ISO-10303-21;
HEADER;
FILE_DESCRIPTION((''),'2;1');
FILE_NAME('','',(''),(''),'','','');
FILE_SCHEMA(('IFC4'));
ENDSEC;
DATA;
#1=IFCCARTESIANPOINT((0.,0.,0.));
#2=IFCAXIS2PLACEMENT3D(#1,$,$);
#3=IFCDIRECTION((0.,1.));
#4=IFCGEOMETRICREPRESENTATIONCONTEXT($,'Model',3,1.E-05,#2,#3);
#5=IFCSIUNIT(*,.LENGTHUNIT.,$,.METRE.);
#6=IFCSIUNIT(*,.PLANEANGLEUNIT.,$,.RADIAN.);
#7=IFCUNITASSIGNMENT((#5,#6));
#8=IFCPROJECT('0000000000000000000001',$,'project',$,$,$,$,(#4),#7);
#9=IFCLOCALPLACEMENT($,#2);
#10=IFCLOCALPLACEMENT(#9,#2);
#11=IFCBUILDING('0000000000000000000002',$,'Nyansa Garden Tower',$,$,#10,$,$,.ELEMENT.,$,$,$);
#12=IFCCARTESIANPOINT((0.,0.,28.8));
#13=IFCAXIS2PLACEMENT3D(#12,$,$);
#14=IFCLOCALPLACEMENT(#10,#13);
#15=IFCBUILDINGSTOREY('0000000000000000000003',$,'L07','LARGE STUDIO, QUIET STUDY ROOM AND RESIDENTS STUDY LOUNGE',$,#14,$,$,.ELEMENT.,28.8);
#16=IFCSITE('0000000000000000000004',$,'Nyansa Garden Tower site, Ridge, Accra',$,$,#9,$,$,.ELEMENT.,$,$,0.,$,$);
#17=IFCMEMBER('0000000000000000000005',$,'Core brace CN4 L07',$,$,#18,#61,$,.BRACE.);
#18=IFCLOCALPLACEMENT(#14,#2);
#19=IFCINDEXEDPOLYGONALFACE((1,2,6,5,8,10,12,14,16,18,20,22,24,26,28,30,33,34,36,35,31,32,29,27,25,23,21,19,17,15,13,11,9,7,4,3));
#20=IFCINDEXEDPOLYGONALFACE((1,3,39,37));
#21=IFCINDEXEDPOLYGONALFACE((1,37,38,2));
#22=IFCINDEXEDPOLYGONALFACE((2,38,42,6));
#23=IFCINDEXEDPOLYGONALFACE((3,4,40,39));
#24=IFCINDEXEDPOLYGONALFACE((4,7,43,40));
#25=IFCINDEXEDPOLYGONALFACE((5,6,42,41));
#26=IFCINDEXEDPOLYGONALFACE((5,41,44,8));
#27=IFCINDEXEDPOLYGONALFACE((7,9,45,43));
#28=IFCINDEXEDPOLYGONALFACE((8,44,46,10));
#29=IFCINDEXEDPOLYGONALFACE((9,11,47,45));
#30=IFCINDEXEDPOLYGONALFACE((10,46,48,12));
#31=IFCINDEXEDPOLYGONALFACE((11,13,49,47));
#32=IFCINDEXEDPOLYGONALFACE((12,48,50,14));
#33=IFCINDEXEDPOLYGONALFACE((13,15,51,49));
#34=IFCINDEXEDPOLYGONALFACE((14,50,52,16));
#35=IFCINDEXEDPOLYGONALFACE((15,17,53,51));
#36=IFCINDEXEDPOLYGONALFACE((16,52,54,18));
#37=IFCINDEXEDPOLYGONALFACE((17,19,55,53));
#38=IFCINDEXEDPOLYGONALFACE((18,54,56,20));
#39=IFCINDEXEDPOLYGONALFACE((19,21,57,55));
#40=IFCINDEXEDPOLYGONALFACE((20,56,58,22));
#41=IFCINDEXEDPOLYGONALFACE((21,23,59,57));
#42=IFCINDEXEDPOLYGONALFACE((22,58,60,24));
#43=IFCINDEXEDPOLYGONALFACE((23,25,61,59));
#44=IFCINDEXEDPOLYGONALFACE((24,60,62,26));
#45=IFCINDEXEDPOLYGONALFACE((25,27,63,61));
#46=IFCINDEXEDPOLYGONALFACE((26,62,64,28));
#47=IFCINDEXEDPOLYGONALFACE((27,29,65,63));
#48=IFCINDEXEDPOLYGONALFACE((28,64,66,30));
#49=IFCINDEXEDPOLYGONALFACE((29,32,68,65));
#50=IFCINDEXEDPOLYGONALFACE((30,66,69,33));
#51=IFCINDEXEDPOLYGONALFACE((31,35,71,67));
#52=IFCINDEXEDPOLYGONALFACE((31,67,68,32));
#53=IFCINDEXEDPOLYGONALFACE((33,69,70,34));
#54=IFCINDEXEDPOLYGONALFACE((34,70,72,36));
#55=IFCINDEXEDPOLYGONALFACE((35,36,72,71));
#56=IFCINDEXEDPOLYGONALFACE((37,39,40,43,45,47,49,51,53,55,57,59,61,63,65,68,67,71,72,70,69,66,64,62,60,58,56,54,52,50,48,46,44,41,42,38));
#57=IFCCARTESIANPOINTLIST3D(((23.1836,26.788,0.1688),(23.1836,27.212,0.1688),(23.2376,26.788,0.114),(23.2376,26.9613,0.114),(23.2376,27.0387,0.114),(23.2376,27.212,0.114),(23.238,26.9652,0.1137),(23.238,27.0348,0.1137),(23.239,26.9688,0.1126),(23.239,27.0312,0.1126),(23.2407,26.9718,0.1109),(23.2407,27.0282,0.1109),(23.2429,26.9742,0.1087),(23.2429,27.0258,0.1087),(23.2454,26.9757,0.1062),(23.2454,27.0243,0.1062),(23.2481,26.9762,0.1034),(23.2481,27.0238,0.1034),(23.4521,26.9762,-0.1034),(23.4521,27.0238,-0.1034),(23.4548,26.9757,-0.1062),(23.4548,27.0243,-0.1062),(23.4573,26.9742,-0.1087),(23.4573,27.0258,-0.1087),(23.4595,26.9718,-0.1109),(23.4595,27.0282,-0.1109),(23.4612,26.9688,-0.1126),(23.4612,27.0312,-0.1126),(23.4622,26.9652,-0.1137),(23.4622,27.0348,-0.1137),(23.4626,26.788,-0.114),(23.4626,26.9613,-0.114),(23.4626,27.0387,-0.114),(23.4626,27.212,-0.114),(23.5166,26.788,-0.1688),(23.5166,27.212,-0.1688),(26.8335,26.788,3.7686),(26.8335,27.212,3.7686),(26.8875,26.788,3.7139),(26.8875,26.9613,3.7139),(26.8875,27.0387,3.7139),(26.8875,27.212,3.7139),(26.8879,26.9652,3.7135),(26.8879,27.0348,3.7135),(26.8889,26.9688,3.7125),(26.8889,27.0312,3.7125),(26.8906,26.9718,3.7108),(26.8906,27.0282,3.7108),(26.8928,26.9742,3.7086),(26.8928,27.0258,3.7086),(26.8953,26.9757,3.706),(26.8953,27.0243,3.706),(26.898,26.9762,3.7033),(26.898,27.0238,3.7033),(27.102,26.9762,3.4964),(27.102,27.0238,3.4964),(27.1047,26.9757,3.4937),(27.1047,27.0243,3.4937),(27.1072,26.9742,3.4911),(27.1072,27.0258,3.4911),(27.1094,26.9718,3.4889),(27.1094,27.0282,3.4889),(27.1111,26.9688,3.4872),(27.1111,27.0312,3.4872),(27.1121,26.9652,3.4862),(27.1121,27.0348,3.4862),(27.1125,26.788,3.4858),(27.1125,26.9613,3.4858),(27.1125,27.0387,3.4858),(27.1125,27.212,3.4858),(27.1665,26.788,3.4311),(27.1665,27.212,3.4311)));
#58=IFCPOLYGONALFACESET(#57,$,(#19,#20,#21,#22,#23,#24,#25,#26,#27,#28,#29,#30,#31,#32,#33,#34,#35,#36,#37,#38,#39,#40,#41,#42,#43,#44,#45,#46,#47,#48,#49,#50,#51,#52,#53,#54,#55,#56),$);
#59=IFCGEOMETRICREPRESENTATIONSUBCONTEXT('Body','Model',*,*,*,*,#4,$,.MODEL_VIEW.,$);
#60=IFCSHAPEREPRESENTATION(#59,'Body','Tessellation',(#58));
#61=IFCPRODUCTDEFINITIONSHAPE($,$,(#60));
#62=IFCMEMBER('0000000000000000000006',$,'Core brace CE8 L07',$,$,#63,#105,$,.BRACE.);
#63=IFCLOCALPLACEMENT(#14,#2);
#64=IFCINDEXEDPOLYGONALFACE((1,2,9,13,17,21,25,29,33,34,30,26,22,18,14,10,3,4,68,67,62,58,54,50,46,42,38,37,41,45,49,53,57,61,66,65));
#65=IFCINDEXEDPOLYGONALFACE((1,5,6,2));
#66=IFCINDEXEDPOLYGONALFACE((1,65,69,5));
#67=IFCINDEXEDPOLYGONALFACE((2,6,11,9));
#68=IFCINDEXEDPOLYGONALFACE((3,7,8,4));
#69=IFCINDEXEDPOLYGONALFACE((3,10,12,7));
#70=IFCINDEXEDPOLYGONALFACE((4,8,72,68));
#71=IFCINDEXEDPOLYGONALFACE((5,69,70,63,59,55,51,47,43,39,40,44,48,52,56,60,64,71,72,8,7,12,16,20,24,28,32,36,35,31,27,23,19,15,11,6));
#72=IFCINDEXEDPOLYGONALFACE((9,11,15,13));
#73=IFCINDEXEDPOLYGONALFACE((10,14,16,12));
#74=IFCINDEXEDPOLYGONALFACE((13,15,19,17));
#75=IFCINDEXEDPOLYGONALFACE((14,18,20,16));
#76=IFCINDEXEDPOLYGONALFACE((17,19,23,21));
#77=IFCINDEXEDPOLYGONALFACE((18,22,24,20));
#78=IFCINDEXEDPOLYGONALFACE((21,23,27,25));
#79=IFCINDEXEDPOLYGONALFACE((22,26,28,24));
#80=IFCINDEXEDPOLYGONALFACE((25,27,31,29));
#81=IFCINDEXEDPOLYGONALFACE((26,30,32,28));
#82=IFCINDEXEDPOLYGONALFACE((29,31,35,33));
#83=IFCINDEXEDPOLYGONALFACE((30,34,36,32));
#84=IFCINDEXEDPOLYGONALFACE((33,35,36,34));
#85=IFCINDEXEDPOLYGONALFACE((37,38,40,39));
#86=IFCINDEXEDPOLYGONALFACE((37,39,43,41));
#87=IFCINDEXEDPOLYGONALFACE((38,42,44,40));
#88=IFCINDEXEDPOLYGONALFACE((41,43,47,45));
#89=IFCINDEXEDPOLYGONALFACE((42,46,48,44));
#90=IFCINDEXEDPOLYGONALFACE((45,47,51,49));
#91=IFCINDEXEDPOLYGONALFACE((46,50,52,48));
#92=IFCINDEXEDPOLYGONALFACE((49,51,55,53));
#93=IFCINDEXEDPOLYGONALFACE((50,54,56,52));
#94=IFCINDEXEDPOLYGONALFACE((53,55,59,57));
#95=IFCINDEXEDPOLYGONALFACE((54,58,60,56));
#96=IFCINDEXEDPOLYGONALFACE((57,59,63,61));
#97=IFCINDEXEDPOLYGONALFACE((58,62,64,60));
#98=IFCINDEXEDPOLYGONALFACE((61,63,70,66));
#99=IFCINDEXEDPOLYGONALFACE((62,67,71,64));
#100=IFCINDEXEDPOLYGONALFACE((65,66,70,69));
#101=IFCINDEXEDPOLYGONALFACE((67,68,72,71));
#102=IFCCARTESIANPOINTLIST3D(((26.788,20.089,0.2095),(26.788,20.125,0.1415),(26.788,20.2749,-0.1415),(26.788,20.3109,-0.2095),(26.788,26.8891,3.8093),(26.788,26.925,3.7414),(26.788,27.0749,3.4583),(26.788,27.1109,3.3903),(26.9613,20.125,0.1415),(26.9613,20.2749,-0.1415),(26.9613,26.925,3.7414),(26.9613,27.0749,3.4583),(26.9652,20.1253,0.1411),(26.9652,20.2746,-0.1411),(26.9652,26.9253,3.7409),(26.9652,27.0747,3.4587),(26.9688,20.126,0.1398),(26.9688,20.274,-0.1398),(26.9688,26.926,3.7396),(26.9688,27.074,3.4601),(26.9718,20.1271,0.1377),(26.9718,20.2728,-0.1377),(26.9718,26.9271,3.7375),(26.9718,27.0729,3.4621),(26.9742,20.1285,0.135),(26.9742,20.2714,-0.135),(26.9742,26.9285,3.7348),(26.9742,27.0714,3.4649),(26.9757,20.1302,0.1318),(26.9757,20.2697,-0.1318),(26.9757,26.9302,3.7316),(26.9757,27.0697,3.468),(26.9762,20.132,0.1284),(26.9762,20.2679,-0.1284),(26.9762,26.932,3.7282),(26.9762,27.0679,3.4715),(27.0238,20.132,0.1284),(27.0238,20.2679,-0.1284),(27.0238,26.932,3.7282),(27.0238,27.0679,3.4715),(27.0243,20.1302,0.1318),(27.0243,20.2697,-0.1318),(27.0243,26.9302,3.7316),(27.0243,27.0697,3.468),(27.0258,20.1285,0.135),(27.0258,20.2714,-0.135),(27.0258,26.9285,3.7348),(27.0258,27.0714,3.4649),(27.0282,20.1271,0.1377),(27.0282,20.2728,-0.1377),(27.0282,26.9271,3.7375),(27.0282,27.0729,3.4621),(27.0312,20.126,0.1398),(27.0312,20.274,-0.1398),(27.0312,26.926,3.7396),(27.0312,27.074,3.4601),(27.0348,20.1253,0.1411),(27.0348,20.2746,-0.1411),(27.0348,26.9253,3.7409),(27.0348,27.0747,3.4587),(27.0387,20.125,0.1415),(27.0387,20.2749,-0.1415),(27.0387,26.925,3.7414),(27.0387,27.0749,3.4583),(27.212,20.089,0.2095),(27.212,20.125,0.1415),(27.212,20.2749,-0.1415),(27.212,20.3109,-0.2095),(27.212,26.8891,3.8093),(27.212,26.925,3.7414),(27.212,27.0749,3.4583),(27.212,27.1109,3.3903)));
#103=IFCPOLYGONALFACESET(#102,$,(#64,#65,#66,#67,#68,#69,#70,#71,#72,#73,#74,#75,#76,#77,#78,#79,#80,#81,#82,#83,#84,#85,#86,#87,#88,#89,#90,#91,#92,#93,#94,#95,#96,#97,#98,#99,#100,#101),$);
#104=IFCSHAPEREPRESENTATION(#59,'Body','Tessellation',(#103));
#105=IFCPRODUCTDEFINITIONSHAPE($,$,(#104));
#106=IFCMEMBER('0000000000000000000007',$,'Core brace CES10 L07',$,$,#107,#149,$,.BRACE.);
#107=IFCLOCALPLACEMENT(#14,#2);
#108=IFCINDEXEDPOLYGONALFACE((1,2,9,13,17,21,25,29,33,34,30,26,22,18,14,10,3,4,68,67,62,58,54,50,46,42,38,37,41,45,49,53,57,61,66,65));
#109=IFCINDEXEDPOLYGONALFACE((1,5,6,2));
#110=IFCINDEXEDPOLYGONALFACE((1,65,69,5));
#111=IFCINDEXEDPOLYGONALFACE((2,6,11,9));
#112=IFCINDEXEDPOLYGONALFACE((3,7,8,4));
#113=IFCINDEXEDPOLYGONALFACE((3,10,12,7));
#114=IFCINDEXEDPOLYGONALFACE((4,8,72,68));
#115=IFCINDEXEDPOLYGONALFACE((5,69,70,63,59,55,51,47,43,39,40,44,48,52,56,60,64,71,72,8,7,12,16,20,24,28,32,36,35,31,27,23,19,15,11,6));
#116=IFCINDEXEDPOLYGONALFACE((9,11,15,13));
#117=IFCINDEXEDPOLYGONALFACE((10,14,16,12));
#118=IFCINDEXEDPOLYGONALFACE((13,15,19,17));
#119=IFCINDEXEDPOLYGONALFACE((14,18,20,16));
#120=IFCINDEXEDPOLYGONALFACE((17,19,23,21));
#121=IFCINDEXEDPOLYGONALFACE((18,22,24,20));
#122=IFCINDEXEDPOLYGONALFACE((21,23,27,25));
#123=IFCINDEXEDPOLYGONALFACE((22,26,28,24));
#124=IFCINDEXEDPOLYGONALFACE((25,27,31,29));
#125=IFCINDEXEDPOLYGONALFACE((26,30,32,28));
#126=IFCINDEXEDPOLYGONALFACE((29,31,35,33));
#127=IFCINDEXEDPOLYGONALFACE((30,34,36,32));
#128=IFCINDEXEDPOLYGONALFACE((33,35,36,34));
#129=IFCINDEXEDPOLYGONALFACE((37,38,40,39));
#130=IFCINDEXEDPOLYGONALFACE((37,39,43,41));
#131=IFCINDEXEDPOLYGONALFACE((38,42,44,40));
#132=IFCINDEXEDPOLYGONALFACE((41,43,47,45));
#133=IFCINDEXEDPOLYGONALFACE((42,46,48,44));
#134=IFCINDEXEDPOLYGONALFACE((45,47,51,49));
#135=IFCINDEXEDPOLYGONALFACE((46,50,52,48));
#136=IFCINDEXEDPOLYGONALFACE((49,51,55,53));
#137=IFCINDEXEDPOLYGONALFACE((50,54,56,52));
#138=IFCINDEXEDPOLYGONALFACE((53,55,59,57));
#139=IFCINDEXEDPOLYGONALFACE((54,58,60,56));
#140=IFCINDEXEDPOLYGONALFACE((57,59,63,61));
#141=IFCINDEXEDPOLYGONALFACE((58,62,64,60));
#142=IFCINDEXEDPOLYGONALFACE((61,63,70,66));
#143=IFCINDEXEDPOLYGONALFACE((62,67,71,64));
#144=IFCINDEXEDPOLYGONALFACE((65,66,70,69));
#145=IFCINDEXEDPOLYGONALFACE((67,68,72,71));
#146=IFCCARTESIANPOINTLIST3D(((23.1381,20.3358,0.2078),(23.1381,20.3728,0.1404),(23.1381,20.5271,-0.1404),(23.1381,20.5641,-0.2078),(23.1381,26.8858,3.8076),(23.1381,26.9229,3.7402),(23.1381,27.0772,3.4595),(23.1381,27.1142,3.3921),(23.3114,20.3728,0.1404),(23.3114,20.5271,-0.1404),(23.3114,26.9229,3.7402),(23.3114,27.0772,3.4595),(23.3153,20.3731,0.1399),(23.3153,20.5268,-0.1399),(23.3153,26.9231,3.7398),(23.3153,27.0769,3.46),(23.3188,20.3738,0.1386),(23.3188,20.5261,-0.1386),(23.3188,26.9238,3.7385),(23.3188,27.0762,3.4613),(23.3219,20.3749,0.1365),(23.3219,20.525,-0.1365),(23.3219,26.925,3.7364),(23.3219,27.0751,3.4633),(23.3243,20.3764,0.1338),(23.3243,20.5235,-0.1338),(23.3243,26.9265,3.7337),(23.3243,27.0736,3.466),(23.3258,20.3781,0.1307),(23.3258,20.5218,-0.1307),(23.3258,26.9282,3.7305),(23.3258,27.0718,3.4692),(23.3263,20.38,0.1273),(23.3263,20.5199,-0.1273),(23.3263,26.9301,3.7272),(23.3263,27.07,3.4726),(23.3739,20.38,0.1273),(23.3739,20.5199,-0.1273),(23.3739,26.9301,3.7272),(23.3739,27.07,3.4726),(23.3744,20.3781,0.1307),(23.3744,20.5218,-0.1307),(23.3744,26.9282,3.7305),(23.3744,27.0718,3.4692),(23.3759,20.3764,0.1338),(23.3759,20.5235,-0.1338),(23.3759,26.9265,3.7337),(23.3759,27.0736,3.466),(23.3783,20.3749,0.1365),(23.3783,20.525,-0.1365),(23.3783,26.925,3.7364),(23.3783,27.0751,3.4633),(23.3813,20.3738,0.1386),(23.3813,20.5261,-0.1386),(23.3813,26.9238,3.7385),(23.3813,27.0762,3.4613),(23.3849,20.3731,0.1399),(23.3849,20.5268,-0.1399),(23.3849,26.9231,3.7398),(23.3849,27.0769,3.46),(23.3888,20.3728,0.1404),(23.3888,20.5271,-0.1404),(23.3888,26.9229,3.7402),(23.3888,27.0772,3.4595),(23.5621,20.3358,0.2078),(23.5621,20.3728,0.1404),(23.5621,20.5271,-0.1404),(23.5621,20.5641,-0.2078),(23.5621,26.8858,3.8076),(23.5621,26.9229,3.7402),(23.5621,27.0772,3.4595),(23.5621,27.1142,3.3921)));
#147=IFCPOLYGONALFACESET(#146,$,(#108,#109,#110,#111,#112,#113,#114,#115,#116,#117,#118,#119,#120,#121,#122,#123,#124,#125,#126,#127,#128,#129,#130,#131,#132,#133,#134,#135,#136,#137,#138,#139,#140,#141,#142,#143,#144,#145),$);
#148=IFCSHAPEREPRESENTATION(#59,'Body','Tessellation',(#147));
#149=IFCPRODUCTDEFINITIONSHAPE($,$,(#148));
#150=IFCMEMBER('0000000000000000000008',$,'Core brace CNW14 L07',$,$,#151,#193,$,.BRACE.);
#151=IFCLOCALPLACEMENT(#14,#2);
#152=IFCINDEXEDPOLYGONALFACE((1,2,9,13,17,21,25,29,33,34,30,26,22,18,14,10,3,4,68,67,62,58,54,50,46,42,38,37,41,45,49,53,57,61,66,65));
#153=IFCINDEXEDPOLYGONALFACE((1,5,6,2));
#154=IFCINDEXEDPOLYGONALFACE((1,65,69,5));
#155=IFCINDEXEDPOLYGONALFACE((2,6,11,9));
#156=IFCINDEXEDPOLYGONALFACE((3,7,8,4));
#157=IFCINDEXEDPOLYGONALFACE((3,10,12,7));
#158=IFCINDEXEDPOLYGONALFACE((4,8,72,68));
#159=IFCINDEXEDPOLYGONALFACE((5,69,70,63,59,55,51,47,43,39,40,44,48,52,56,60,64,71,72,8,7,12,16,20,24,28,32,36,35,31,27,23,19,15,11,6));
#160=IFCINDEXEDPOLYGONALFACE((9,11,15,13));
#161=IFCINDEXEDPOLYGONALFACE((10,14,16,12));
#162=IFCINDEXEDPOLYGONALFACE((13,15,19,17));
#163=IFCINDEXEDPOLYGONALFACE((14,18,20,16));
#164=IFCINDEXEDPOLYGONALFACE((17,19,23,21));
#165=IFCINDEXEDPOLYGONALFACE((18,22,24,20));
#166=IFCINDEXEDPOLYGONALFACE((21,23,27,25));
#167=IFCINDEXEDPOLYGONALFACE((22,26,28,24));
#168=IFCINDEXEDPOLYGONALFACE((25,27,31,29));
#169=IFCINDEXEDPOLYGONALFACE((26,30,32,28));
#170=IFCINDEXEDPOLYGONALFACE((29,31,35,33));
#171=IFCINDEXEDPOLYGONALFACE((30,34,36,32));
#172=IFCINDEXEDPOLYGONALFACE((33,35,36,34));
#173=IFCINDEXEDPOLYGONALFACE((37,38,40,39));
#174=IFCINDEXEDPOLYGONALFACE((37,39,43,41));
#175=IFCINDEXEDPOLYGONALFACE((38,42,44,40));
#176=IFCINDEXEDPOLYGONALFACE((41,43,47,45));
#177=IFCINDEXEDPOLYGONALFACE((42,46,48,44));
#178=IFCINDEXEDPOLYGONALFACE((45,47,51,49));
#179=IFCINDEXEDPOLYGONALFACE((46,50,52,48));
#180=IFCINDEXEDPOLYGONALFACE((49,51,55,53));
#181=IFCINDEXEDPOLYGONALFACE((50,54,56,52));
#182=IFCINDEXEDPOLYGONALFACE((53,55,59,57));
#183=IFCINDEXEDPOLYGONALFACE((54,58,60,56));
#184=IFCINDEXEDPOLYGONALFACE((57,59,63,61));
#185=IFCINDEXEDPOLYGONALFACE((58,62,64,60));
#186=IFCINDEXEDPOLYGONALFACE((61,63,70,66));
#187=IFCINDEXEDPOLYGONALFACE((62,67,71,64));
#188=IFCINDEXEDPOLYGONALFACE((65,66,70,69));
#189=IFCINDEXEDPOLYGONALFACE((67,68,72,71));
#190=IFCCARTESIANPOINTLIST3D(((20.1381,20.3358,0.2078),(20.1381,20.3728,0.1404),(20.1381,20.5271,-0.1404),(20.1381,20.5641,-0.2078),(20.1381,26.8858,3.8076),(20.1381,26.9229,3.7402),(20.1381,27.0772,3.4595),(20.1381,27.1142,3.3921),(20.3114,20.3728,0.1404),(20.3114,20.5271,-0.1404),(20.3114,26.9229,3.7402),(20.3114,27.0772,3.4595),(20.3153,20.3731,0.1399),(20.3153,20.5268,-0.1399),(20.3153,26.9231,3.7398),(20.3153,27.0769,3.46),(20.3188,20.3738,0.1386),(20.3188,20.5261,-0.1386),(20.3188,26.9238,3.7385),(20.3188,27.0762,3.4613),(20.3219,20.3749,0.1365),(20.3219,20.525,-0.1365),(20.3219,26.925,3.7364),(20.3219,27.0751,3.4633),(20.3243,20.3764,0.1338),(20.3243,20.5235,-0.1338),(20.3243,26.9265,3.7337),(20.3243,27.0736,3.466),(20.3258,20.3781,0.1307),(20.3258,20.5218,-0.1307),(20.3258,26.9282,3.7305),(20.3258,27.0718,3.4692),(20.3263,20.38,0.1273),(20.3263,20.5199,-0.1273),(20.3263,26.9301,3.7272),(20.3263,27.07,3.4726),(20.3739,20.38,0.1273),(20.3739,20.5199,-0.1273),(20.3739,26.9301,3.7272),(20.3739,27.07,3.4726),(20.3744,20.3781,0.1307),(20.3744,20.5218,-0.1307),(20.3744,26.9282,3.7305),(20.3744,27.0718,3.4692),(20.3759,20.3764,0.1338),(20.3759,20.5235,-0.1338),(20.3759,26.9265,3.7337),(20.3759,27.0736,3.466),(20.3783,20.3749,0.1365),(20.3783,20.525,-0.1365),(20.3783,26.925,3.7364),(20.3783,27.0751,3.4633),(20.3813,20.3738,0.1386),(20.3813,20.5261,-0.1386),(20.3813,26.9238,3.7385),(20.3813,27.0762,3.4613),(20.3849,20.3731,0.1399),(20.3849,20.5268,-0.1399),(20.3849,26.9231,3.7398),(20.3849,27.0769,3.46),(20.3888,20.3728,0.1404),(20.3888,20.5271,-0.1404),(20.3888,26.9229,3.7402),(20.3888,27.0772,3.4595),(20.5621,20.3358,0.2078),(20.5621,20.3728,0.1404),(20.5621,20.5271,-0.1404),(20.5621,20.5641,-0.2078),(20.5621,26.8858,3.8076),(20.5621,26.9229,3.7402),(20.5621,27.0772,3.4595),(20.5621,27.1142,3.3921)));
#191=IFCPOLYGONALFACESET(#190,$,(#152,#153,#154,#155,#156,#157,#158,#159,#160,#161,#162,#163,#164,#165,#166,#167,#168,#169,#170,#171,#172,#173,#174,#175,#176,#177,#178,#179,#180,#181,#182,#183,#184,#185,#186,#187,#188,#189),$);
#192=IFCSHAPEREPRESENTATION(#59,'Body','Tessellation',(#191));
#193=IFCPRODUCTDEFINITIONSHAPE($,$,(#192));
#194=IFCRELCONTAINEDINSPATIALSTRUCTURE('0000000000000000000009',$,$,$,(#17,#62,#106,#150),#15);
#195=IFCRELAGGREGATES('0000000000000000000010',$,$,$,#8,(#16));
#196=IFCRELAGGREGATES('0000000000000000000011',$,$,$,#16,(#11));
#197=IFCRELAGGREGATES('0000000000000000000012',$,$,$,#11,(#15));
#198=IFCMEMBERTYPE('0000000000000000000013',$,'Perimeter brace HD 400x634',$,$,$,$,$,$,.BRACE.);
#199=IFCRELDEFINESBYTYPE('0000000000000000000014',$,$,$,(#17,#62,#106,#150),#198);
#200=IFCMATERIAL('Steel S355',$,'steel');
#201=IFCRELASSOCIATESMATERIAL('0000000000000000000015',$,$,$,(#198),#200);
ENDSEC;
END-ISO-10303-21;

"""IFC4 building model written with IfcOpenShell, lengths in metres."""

from ifc_helpers import new_model, si_unit, direction, frame, origin, origin_2d, place, context, subcontext, project, spatial, i_section, extrude, material, material_profile, profile_set, type_object, element, save


model = new_model("IFC4")

# Units and contexts
model_context = context("Model", 3, precision=1e-05, world=origin(), true_north=direction((0.0, 1.0)))
body_context = subcontext(model_context, "Body", "Model", "MODEL_VIEW")
ifc_project = project(units=[si_unit("LENGTHUNIT", "METRE"), si_unit("PLANEANGLEUNIT", "RADIAN")], contexts=[model_context])

# Site, building, storey
site_placement = place(None, origin())
site = spatial("IfcSite", under=ifc_project, at=site_placement, Name="Nyansa Garden Tower site, Ridge, Accra", CompositionType="ELEMENT", RefElevation=0.0)
building_placement = place(site_placement, origin())
building = spatial("IfcBuilding", under=site, at=building_placement, Name="Nyansa Garden Tower", CompositionType="ELEMENT")
storey_placement = place(building_placement, frame((0.0, 0.0, 28.8)))
storey = spatial("IfcBuildingStorey", under=building, at=storey_placement, Name="L07", Description="LARGE STUDIO, QUIET STUDY ROOM AND RESIDENTS STUDY LOUNGE", CompositionType="ELEMENT", Elevation=28.8)

# Members
ifc_material_1 = material(Name="Steel S355", Category="steel")
ifc_material_profile_1 = material_profile(ifc_material_1, i_section(OverallWidth=0.4241, OverallDepth=0.4741, WebThickness=0.0476, FlangeThickness=0.0769, FilletRadius=0.0149, at=origin_2d()), Name="HD 400x634")
ifc_profile_set_1 = profile_set([ifc_material_profile_1], Name="Steel S355")
member_type = type_object("IfcMemberType", Name="Perimeter brace HD 400x634", PredefinedType="BRACE", material=ifc_profile_set_1)
member_1_placement = place(storey_placement, frame((23.3501, 27.0, 0.0), z_axis=(0.711971, 0.0, 0.702209), x_axis=(0.0, 1.0, 0.0)))
element("IfcMember", 1, at=member_1_placement, inside=storey, type_object=member_type, Name="Core brace CN4 L07", PredefinedType="BRACE", context=body_context, shape_type="SweptSolid", body=[
    extrude(i_section(OverallWidth=0.4241, OverallDepth=0.4741, WebThickness=0.0476, FlangeThickness=0.0769, FilletRadius=0.0149, at=origin_2d()), origin(), (0.0, 0.0, 1.0), 5.1265),
])
member_2_placement = place(storey_placement, frame((27.0, 20.2, 0.0), z_axis=(0.0, 0.883797, 0.46787), x_axis=(-1.0, 0.0, 0.0)))
element("IfcMember", 2, at=member_2_placement, inside=storey, type_object=member_type, Name="Core brace CE8 L07", PredefinedType="BRACE", context=body_context, shape_type="SweptSolid", body=[
    extrude(i_section(OverallWidth=0.4241, OverallDepth=0.4741, WebThickness=0.0476, FlangeThickness=0.0769, FilletRadius=0.0149, at=origin_2d()), origin(), (0.0, 0.0, 1.0), 7.6941),
])
for number, where, z_axis, x_axis, name in (
    (3, (23.3501, 20.45, 0.0), (0.0, 0.876367, 0.481644), (-1.0, 0.0, 0.0), "Core brace CES10 L07"),
    (4, (20.3501, 20.45, 0.0), (0.0, 0.876367, 0.481644), (-1.0, 0.0, 0.0), "Core brace CNW14 L07"),
):
    element("IfcMember", number, at=place(storey_placement, frame(where, z_axis=z_axis, x_axis=x_axis)), inside=storey, type_object=member_type, Name=name, PredefinedType="BRACE", context=body_context, shape_type="SweptSolid", body=[
        extrude(i_section(OverallWidth=0.4241, OverallDepth=0.4741, WebThickness=0.0476, FlangeThickness=0.0769, FilletRadius=0.0149, at=origin_2d()), origin(), (0.0, 0.0, 1.0), 7.4741),
    ])

save(model, "model.ifc")
